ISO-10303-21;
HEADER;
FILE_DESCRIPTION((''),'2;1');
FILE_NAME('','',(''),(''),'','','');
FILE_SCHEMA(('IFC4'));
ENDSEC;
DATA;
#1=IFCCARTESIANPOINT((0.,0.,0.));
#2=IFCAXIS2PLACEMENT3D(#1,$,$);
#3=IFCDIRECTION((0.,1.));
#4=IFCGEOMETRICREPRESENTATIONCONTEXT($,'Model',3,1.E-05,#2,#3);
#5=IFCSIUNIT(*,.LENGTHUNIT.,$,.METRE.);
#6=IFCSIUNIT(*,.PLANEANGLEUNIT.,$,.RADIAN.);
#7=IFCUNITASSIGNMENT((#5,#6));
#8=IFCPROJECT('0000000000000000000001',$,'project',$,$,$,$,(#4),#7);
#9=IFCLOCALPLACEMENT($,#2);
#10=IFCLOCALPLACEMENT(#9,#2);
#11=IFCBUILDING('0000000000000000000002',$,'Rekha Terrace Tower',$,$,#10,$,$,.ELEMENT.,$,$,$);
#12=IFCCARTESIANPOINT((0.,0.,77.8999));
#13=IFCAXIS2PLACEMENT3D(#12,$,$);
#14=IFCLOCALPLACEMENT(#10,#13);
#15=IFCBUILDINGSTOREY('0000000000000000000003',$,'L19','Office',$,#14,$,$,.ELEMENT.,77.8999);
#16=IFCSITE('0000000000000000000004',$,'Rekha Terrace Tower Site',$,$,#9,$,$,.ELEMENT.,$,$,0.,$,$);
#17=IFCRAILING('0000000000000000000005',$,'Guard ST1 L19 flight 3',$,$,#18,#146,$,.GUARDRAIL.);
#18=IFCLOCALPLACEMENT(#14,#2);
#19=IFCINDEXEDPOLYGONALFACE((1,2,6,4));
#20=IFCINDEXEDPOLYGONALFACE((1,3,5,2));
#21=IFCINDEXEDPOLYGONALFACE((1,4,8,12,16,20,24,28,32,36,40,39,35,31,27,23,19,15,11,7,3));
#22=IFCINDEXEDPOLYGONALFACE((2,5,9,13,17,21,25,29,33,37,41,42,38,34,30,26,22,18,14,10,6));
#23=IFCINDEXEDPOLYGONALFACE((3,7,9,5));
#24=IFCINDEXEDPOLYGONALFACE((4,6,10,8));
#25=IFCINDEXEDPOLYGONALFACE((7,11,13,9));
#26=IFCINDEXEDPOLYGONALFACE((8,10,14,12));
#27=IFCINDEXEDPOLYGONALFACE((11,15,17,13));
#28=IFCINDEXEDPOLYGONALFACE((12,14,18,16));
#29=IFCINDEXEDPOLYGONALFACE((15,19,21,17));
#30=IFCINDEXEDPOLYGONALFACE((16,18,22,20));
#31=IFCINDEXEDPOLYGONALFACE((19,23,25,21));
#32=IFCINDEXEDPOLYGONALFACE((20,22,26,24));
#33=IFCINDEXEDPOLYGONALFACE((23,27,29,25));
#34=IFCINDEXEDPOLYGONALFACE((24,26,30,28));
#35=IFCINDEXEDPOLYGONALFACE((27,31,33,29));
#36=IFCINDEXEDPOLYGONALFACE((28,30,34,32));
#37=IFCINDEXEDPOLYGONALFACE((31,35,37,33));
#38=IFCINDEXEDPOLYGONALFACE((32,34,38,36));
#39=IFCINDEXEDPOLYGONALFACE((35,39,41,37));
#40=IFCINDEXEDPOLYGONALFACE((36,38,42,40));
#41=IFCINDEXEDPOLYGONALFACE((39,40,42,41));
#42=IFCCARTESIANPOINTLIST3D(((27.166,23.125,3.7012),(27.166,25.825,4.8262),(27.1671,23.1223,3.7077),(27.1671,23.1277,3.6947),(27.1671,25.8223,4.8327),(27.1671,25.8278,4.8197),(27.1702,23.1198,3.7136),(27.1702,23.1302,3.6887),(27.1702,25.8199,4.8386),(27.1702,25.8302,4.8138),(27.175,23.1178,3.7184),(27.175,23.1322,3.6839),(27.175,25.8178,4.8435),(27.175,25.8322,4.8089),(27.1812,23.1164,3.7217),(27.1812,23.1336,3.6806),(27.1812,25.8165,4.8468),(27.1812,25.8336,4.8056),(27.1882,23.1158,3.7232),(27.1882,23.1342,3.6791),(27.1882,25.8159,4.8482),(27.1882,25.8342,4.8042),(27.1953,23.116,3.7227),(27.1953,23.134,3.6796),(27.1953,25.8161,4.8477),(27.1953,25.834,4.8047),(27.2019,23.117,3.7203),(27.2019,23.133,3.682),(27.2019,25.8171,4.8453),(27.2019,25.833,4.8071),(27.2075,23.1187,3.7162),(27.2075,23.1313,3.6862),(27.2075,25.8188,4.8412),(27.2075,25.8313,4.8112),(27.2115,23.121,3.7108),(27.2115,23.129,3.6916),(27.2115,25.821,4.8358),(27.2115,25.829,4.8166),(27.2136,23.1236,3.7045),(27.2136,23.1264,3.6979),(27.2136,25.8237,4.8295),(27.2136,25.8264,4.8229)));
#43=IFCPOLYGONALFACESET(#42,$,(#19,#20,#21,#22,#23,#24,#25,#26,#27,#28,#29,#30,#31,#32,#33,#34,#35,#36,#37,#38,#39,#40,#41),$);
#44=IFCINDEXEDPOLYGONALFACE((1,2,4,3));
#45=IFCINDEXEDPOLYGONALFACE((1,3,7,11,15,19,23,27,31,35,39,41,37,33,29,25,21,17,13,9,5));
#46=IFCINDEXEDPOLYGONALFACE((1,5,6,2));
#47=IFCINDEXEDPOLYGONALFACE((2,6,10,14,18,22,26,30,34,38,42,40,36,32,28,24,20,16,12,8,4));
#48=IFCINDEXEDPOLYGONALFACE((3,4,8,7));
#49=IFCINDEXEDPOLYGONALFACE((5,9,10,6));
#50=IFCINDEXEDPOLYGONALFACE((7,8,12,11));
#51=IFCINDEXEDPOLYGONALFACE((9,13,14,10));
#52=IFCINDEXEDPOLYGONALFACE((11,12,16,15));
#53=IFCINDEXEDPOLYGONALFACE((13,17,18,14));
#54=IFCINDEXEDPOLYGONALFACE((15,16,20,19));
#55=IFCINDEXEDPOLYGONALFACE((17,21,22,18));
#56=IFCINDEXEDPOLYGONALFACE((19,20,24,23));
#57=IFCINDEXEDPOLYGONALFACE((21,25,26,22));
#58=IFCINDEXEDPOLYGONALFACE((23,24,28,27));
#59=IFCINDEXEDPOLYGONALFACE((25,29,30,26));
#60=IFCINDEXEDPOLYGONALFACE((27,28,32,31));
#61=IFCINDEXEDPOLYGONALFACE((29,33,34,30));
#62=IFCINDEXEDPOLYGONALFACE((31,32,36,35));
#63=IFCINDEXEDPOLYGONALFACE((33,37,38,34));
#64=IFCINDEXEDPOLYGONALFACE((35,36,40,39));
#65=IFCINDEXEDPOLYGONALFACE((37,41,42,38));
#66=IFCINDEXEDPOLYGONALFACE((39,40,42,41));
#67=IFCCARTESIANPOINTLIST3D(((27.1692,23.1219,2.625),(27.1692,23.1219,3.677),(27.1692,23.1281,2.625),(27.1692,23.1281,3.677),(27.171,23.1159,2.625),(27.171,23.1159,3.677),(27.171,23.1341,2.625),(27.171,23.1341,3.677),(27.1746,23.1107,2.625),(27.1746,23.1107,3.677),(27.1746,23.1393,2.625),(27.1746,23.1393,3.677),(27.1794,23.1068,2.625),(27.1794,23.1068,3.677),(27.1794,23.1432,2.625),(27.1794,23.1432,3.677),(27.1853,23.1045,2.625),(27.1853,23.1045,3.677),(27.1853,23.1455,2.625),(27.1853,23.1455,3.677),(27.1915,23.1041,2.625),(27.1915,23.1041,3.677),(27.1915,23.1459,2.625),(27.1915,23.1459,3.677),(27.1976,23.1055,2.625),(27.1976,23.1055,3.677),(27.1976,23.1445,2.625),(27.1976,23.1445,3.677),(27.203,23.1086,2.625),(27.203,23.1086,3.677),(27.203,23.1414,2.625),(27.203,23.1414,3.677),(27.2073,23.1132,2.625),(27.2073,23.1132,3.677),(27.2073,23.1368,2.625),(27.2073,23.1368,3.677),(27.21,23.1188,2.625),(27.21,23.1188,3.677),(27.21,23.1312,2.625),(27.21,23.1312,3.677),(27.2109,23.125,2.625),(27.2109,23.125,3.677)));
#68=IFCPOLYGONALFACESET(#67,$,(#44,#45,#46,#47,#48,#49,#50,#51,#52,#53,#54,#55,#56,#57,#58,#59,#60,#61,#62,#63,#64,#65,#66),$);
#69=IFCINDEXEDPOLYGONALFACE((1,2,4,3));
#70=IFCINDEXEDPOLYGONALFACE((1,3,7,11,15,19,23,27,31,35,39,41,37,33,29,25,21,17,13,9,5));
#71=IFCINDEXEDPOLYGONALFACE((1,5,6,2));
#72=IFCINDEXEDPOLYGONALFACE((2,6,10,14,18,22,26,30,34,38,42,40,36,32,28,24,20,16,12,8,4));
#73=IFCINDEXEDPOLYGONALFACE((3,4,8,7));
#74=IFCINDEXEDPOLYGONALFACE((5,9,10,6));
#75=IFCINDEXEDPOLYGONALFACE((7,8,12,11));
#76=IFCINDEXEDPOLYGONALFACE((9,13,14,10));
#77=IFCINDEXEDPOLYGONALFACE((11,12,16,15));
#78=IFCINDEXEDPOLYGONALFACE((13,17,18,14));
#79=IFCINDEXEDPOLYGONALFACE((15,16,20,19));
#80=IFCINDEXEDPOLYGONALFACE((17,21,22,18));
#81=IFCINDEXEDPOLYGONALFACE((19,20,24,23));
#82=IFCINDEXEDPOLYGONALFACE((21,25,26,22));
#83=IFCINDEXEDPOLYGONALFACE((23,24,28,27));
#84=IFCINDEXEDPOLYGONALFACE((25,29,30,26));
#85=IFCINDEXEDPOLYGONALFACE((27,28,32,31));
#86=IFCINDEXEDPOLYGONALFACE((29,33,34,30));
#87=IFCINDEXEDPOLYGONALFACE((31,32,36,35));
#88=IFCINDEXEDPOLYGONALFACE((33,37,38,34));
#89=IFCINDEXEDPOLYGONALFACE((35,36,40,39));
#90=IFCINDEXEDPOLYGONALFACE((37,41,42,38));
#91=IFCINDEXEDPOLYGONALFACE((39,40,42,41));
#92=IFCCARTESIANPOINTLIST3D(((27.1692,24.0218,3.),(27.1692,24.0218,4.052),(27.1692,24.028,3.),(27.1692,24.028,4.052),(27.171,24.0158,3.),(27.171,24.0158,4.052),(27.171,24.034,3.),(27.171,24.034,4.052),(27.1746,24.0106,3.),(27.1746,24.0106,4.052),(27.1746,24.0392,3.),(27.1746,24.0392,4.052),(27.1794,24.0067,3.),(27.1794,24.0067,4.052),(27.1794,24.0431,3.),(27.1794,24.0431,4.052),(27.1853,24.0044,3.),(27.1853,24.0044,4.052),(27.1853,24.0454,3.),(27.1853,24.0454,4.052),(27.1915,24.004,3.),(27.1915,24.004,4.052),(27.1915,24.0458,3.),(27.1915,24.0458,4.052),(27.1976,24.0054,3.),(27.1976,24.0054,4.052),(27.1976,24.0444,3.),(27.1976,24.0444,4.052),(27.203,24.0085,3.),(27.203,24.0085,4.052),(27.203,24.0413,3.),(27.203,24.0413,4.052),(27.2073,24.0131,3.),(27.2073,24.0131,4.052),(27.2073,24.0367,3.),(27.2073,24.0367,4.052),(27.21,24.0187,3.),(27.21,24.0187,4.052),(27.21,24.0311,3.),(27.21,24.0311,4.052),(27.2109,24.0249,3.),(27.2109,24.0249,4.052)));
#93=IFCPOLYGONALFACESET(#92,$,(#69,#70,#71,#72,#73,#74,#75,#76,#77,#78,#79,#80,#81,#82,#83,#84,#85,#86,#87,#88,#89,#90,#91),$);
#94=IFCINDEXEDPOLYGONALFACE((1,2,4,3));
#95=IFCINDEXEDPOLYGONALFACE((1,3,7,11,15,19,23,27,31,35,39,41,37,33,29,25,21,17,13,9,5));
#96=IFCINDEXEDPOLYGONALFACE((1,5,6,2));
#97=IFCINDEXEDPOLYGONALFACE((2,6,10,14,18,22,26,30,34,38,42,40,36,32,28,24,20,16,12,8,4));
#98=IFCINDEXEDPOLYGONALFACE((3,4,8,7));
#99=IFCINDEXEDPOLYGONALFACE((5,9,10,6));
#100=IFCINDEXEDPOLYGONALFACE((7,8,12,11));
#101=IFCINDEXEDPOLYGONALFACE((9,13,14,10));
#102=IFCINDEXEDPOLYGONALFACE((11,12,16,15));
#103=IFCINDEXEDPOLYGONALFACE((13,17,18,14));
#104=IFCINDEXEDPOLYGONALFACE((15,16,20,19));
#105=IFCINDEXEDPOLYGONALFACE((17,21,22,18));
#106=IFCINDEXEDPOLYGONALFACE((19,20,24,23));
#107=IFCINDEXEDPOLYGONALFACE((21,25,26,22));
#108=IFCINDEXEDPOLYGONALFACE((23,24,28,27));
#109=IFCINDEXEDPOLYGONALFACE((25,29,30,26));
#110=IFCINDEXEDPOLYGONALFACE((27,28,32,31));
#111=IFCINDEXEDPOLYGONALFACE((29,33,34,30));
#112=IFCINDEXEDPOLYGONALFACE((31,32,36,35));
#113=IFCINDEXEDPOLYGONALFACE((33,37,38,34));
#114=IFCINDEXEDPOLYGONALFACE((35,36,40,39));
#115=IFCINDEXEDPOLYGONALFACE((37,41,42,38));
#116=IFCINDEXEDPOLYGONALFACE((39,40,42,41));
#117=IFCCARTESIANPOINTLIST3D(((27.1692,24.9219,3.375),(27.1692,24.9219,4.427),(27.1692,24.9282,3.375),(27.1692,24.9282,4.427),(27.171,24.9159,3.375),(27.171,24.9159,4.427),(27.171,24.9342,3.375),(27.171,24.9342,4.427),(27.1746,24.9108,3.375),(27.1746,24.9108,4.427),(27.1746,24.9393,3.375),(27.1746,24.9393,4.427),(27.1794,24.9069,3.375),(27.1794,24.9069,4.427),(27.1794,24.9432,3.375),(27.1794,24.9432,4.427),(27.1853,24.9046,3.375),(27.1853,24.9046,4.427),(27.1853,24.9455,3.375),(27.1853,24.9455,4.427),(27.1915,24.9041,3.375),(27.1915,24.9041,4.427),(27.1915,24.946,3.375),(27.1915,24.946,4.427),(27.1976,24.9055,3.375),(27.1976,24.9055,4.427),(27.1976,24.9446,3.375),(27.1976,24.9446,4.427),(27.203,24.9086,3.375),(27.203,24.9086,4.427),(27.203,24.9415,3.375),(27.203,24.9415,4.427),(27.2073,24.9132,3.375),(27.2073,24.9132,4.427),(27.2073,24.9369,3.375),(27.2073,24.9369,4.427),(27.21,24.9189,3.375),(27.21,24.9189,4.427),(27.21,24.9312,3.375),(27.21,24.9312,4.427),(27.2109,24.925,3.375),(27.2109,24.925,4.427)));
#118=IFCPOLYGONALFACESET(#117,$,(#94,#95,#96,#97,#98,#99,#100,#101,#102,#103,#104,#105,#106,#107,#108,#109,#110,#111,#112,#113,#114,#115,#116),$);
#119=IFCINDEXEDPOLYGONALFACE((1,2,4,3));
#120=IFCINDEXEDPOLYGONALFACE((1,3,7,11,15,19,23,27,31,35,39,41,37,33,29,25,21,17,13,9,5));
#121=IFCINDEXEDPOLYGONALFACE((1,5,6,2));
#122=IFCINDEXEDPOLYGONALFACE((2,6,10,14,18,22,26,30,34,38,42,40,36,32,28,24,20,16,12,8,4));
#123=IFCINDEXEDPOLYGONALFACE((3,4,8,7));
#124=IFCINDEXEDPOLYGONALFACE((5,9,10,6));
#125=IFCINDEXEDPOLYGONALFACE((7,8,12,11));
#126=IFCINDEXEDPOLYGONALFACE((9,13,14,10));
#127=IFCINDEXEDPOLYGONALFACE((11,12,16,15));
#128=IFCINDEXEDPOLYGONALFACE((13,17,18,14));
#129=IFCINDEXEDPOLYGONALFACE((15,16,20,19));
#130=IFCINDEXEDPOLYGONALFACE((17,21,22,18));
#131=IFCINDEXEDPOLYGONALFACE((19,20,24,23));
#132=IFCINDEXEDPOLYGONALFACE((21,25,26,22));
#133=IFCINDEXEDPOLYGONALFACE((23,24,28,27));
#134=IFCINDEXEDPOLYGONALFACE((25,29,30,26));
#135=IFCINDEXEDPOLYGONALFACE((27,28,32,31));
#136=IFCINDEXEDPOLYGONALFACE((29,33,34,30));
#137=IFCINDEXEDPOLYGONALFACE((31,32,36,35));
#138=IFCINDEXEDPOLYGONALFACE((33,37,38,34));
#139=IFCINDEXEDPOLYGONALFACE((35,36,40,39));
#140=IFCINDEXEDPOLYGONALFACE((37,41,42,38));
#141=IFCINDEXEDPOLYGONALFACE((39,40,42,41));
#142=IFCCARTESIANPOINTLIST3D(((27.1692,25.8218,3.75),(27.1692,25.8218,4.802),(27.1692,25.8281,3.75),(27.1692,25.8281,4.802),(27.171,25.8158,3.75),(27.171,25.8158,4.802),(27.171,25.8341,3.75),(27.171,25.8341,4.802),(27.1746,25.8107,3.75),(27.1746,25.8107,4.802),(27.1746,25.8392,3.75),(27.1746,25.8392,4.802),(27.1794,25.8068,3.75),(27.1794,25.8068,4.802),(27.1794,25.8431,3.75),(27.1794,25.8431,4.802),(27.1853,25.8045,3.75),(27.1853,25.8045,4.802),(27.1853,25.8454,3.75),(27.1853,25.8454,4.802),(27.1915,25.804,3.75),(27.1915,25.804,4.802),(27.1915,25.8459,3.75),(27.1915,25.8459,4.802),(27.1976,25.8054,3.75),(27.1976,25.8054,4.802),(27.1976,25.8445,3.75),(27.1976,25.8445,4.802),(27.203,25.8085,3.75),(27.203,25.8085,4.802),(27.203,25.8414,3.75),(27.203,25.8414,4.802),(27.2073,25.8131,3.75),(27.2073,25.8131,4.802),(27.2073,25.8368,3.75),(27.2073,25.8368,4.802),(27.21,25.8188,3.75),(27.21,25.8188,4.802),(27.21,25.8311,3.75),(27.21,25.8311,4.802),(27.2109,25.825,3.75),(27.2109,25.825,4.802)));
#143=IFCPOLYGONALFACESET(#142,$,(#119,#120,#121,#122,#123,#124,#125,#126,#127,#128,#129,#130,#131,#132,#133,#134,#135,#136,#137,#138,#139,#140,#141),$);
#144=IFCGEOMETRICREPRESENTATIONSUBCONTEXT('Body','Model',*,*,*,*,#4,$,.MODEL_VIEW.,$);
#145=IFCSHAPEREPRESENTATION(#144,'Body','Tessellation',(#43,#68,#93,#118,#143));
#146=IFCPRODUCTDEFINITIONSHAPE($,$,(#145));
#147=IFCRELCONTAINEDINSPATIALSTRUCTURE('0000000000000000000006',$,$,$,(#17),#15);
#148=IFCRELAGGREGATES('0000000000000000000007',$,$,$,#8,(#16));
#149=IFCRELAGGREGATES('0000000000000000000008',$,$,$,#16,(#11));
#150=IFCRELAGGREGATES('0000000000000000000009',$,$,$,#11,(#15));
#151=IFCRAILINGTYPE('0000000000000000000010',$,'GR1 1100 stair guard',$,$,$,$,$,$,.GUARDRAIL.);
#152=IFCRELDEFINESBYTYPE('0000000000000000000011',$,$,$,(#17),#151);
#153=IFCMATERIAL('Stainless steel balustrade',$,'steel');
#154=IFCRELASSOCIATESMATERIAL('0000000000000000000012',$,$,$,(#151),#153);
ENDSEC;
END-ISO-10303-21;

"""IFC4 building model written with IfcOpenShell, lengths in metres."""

from ifc_helpers import new_model, si_unit, direction, frame, origin, origin_2d, place, context, subcontext, project, spatial, circle, extrude, material, type_object, element, save


model = new_model("IFC4")

# Units and contexts
model_context = context("Model", 3, precision=1e-05, world=origin(), true_north=direction((0.0, 1.0)))
body_context = subcontext(model_context, "Body", "Model", "MODEL_VIEW")
ifc_project = project(units=[si_unit("LENGTHUNIT", "METRE"), si_unit("PLANEANGLEUNIT", "RADIAN")], contexts=[model_context])

# Site, building, storey
site_placement = place(None, origin())
site = spatial("IfcSite", under=ifc_project, at=site_placement, Name="Rekha Terrace Tower Site", CompositionType="ELEMENT", RefElevation=0.0)
building_placement = place(site_placement, origin())
building = spatial("IfcBuilding", under=site, at=building_placement, Name="Rekha Terrace Tower", CompositionType="ELEMENT")
storey_placement = place(building_placement, frame((0.0, 0.0, 77.8999)))
storey = spatial("IfcBuildingStorey", under=building, at=storey_placement, Name="L19", Description="Office", CompositionType="ELEMENT", Elevation=77.8999)

# Railing
ifc_material_1 = material(Name="Stainless steel balustrade", Category="steel")
railing_type_1 = type_object("IfcRailingType", Name="GR1 1100 stair guard", PredefinedType="GUARDRAIL", material=ifc_material_1)
railing_1_placement = place(storey_placement, frame((27.1899, 23.125, 2.625)))
element("IfcRailing", 1, at=railing_1_placement, inside=storey, type_object=railing_type_1, Name="Guard ST1 L19 flight 3", PredefinedType="GUARDRAIL", context=body_context, shape_type="SweptSolid", body=[
    extrude(circle(Radius=0.0239, at=origin_2d()), frame((0.0, 0.0, 1.0762), z_axis=(0.0, 0.923074, 0.384621), x_axis=(-1.0, 0.0, 0.0)), (0.0, 0.0, 1.0), 2.925),
    extrude(circle(Radius=0.021, at=origin_2d()), origin(), (0.0, 0.0, 1.0), 1.052),
    extrude(circle(Radius=0.021, at=origin_2d()), frame((0.0, 0.8999, 0.375)), (0.0, 0.0, 1.0), 1.052),
    extrude(circle(Radius=0.021, at=origin_2d()), frame((0.0, 1.8, 0.75)), (0.0, 0.0, 1.0), 1.052),
    extrude(circle(Radius=0.021, at=origin_2d()), frame((0.0, 2.7, 1.125)), (0.0, 0.0, 1.0), 1.052),
])

save(model, "model.ifc")
